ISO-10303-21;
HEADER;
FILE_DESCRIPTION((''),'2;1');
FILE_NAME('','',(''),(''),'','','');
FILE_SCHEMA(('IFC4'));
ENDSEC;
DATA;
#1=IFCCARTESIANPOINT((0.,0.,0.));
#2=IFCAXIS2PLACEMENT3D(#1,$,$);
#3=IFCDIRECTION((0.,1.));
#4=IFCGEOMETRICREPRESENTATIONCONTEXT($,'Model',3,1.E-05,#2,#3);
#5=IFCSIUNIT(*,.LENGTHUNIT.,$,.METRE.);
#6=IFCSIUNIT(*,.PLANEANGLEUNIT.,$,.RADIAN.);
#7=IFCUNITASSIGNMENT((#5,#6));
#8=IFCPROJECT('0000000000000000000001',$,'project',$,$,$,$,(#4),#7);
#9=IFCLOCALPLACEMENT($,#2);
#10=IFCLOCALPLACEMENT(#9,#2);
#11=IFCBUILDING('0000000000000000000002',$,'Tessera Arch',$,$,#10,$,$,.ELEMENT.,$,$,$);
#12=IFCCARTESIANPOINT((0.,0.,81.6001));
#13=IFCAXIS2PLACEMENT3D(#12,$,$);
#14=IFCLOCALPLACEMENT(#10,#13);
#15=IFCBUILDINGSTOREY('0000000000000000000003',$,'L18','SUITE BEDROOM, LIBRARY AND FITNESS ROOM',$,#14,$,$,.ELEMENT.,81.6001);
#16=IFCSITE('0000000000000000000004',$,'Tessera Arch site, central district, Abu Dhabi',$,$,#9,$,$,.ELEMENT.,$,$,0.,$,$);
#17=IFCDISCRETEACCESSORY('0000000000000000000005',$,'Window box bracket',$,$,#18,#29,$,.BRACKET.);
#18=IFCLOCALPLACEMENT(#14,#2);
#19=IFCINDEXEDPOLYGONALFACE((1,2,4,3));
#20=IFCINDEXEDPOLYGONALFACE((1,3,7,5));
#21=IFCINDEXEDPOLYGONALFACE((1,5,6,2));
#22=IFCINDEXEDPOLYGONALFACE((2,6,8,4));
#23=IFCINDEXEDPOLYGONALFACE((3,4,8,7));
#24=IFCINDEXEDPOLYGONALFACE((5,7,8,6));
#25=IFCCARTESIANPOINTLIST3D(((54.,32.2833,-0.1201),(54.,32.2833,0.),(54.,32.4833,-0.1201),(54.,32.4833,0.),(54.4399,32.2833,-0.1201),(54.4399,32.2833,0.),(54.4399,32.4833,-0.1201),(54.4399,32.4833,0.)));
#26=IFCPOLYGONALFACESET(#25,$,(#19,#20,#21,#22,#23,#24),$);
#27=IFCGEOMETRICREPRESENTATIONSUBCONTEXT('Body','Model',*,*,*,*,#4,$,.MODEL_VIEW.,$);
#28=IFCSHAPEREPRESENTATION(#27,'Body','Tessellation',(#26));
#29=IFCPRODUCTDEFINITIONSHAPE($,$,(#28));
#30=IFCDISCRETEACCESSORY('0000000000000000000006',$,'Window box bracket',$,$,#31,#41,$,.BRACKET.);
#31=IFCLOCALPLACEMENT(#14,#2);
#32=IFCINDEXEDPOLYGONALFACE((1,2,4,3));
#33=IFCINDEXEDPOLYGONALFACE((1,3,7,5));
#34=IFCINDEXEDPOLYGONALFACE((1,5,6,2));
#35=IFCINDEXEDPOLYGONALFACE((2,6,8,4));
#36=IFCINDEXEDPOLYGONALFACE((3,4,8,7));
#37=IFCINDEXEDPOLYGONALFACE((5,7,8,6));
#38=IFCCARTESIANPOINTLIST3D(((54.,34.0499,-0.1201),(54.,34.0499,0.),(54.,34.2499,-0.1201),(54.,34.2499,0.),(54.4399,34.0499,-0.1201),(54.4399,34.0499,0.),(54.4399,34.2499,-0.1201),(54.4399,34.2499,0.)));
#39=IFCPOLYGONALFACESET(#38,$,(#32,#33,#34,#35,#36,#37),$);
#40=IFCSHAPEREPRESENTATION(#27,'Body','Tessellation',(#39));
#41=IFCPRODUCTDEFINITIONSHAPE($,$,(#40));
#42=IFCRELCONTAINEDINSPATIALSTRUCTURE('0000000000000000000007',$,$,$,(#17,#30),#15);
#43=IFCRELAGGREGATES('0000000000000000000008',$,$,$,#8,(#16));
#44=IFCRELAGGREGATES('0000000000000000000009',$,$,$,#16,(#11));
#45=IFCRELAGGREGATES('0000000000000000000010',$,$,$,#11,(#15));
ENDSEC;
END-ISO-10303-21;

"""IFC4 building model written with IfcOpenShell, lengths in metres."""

from ifc_helpers import new_model, si_unit, direction, frame, origin, origin_2d, place, context, subcontext, project, spatial, rectangle, extrude, element, save


model = new_model("IFC4")

# Units and contexts
model_context = context("Model", 3, precision=1e-05, world=origin(), true_north=direction((0.0, 1.0)))
body_context = subcontext(model_context, "Body", "Model", "MODEL_VIEW")
ifc_project = project(units=[si_unit("LENGTHUNIT", "METRE"), si_unit("PLANEANGLEUNIT", "RADIAN")], contexts=[model_context])

# Site, building, storey
site_placement = place(None, origin())
site = spatial("IfcSite", under=ifc_project, at=site_placement, Name="Tessera Arch site, central district, Abu Dhabi", CompositionType="ELEMENT", RefElevation=0.0)
building_placement = place(site_placement, origin())
building = spatial("IfcBuilding", under=site, at=building_placement, Name="Tessera Arch", CompositionType="ELEMENT")
storey_placement = place(building_placement, frame((0.0, 0.0, 81.6001)))
storey = spatial("IfcBuildingStorey", under=building, at=storey_placement, Name="L18", Description="SUITE BEDROOM, LIBRARY AND FITNESS ROOM", CompositionType="ELEMENT", Elevation=81.6001)

# Discrete accessories
for number, where, z_axis, x_axis, name in (
    (1, (54.22, 32.3833, -0.1201), (0.0, 0.0, 1.0), (1.0, 0.0, 0.0), "Window box bracket"),
    (2, (54.22, 34.1499, -0.1201), (0.0, 0.0, 1.0), (1.0, 0.0, 0.0), "Window box bracket"),
):
    element("IfcDiscreteAccessory", number, at=place(storey_placement, frame(where, z_axis=z_axis, x_axis=x_axis)), inside=storey, Name=name, PredefinedType="BRACKET", context=body_context, shape_type="SweptSolid", body=[
        extrude(rectangle(XDim=0.4399, YDim=0.2, at=origin_2d()), origin(), (0.0, 0.0, 1.0), 0.1201),
    ])

save(model, "model.ifc")
